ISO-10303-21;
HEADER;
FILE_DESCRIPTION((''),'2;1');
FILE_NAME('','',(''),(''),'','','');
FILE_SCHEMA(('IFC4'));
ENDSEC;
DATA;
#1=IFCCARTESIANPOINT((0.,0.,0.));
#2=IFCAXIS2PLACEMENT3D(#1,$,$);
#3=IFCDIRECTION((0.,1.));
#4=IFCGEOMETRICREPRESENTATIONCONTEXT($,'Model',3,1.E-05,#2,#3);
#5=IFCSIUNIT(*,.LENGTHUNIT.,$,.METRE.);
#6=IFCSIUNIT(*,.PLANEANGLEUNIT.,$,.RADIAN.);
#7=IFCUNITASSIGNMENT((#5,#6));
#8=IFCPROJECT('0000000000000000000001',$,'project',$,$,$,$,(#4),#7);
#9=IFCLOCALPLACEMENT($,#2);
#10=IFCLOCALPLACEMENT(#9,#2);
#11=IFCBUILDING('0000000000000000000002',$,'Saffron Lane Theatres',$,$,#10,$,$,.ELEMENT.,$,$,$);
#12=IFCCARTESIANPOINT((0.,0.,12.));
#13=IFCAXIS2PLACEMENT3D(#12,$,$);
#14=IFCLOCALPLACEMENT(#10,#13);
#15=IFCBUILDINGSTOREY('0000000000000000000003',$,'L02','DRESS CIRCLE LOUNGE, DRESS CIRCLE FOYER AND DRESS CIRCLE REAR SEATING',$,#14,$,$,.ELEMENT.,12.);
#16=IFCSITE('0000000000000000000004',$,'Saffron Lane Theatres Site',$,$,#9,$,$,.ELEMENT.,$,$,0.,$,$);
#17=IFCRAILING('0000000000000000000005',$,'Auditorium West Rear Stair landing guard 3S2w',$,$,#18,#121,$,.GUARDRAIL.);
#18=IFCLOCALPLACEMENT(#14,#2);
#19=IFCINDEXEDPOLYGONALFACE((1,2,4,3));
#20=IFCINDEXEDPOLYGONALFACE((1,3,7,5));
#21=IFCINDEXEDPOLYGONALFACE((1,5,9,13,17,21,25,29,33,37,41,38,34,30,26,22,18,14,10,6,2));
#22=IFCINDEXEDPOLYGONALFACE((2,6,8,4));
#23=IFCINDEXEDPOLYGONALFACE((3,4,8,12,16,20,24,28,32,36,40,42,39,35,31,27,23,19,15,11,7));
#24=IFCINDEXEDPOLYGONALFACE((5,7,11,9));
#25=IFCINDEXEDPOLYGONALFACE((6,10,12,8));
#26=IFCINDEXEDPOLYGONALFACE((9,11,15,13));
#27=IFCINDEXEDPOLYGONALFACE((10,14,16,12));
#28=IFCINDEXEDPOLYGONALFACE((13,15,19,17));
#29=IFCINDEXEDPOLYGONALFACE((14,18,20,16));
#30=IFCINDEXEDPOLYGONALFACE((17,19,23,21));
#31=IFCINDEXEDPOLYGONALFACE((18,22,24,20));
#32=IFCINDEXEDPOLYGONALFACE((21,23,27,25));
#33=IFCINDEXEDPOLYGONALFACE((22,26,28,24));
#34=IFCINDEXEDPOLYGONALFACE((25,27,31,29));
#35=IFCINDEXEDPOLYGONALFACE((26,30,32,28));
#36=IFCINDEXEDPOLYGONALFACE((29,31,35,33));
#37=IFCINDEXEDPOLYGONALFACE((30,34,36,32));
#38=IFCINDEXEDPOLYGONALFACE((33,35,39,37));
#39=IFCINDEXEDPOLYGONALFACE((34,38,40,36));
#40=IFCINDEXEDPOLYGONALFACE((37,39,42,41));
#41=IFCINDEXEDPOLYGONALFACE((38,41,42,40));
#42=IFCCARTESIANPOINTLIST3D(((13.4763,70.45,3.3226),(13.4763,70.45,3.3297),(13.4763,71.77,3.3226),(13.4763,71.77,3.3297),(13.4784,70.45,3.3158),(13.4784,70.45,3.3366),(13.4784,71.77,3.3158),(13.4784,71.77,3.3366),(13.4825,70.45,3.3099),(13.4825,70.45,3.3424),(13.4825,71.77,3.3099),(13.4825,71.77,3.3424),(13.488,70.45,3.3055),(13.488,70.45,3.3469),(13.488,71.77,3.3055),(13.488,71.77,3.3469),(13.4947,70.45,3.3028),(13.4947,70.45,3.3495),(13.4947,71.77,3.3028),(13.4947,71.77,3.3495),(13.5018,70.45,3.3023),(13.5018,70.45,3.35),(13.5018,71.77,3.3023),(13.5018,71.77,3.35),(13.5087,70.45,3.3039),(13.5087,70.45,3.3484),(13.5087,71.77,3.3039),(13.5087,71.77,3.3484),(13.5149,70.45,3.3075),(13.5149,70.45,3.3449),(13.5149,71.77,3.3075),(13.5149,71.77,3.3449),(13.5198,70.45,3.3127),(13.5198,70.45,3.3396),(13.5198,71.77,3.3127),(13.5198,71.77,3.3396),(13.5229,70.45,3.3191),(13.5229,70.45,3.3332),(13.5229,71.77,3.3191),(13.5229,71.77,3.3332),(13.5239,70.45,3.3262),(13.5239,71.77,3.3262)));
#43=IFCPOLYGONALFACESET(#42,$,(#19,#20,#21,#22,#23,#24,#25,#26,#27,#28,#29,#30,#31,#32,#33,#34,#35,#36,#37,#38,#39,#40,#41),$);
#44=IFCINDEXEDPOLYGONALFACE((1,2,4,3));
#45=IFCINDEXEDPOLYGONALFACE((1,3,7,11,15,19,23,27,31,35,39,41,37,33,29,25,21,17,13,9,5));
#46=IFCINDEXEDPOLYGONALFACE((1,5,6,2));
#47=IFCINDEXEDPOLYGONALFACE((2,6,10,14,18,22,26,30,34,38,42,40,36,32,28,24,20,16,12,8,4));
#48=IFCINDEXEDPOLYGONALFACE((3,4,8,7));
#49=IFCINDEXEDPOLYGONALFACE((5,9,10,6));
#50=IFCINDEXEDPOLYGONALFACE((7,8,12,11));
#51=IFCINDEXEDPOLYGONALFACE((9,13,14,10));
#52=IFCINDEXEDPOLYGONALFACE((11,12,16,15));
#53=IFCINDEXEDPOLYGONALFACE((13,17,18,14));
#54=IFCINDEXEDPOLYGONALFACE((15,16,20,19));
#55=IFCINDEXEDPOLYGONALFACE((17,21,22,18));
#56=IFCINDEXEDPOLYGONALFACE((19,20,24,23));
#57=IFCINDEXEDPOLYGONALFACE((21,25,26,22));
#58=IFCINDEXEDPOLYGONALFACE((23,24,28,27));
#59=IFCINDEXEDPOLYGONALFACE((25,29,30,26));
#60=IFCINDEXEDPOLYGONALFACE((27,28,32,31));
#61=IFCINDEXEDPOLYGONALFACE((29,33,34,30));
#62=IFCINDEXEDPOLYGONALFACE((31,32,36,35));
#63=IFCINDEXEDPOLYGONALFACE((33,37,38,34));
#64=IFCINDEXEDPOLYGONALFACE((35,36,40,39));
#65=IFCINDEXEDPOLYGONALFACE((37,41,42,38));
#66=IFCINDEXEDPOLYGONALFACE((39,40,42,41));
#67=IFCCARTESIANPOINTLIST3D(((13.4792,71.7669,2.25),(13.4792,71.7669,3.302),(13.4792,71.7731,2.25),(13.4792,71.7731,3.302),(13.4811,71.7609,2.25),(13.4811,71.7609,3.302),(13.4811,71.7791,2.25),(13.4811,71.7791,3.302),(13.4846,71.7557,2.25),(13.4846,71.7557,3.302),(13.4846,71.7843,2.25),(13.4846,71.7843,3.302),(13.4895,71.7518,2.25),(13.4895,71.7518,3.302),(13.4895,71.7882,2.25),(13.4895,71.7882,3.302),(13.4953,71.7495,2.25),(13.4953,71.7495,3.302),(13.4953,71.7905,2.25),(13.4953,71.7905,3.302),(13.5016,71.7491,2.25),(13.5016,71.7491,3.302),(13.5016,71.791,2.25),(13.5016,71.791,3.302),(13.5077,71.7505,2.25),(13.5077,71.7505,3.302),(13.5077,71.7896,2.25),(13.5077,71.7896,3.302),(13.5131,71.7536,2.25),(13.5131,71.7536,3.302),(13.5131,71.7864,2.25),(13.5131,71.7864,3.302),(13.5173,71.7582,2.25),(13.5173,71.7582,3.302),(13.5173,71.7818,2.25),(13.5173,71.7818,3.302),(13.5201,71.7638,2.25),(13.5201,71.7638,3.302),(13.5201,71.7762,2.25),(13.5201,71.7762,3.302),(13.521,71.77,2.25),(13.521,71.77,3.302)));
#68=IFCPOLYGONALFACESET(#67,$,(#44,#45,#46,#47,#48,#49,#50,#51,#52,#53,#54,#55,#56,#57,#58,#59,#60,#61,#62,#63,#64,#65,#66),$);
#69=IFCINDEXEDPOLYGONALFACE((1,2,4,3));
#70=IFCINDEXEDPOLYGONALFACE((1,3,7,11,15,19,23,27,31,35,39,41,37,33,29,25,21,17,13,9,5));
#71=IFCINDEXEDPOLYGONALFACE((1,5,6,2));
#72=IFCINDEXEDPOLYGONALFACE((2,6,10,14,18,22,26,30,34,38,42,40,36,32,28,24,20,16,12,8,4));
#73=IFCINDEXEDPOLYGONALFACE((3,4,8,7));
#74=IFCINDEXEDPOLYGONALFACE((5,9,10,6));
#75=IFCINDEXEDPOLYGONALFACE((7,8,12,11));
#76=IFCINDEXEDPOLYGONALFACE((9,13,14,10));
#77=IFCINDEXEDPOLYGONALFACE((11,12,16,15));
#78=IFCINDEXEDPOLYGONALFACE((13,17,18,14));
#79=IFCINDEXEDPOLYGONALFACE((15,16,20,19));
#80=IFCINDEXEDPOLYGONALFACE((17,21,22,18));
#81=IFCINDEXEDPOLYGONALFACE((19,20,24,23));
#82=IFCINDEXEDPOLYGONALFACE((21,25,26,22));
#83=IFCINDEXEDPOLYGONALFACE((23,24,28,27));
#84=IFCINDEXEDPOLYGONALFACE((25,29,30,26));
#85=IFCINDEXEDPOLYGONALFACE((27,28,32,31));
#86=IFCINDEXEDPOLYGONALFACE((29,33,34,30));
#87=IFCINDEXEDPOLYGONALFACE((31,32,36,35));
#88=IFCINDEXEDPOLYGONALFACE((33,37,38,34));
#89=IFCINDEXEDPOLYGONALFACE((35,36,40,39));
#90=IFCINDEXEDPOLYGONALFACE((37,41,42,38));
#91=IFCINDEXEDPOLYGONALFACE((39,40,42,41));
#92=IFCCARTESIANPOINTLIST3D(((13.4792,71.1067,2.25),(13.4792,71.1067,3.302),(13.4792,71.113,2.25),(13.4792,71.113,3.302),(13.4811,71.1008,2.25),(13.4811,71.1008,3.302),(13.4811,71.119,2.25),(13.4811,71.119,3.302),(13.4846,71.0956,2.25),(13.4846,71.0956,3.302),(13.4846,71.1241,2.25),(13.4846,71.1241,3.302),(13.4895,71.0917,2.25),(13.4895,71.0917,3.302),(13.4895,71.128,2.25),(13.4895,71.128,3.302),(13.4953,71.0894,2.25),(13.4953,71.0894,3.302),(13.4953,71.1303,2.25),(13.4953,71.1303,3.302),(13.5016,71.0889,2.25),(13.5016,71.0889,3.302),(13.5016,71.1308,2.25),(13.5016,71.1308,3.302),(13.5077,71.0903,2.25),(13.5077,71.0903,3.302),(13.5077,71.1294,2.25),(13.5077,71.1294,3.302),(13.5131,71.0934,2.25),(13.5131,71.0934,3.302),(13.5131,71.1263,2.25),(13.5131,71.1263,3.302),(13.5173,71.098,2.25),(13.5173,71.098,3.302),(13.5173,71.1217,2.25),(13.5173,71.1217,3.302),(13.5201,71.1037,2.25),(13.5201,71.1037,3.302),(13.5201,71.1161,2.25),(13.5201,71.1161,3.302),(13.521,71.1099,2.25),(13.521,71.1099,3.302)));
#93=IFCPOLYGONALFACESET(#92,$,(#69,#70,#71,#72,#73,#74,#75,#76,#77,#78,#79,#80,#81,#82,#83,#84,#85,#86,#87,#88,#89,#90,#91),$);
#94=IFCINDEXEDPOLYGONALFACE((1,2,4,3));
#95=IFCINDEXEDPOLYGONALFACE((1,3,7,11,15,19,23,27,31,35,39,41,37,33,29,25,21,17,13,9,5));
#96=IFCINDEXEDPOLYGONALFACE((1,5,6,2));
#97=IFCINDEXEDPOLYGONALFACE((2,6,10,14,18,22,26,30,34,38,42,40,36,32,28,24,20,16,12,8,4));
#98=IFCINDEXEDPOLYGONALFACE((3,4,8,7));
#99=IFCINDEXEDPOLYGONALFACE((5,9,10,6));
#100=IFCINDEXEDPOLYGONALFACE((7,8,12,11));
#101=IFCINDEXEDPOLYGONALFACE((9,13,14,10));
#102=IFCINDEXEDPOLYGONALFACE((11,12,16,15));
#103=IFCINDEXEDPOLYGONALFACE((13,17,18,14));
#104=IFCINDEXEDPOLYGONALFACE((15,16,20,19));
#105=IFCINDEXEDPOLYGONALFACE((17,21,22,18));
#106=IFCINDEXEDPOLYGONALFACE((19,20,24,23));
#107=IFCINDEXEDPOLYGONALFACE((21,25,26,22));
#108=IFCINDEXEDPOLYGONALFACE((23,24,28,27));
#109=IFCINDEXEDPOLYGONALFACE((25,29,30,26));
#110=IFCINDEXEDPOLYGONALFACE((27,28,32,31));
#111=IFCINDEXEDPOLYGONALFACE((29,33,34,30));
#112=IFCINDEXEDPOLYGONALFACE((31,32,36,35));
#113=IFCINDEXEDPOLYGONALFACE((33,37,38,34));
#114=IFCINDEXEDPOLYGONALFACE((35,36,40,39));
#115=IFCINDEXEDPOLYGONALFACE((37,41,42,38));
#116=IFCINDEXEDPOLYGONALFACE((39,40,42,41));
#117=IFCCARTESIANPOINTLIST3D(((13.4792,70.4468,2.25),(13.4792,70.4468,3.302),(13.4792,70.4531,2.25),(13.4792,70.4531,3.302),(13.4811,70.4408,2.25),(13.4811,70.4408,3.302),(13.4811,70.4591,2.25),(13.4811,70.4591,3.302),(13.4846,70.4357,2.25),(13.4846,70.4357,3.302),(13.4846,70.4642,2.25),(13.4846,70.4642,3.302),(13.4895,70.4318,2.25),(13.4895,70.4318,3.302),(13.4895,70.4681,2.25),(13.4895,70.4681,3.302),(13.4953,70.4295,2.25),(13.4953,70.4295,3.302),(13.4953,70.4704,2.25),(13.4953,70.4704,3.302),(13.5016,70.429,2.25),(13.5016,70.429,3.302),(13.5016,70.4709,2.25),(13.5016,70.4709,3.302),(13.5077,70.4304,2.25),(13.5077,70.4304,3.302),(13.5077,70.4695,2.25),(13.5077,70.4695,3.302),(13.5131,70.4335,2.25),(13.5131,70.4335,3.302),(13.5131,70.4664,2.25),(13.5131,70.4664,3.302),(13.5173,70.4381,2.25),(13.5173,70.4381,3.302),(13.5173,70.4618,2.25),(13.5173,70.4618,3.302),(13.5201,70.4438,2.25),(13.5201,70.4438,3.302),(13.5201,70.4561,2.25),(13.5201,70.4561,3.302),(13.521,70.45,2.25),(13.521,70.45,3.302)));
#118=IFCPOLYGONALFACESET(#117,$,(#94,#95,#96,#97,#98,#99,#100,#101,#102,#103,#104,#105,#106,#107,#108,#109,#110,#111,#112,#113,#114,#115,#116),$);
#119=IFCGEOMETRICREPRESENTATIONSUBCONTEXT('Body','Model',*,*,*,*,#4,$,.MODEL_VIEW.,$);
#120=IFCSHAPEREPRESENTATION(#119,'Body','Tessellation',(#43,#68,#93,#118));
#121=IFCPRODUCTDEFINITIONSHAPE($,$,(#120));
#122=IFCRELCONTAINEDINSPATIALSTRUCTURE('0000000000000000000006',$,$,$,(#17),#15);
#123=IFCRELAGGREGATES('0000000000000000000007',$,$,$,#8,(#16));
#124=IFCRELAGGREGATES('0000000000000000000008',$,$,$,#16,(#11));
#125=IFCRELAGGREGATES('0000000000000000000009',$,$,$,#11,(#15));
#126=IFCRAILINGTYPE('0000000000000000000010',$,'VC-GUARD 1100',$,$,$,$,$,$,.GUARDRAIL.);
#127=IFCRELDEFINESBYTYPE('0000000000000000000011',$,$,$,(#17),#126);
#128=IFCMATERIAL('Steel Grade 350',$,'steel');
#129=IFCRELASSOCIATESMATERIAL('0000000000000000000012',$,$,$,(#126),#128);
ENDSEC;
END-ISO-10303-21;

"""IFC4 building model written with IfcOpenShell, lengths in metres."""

from ifc_helpers import new_model, si_unit, direction, frame, origin, origin_2d, place, context, subcontext, project, spatial, circle, extrude, material, type_object, element, save


model = new_model("IFC4")

# Units and contexts
model_context = context("Model", 3, precision=1e-05, world=origin(), true_north=direction((0.0, 1.0)))
body_context = subcontext(model_context, "Body", "Model", "MODEL_VIEW")
ifc_project = project(units=[si_unit("LENGTHUNIT", "METRE"), si_unit("PLANEANGLEUNIT", "RADIAN")], contexts=[model_context])

# Site, building, storey
site_placement = place(None, origin())
site = spatial("IfcSite", under=ifc_project, at=site_placement, Name="Saffron Lane Theatres Site", CompositionType="ELEMENT", RefElevation=0.0)
building_placement = place(site_placement, origin())
building = spatial("IfcBuilding", under=site, at=building_placement, Name="Saffron Lane Theatres", CompositionType="ELEMENT")
storey_placement = place(building_placement, frame((0.0, 0.0, 12.0)))
storey = spatial("IfcBuildingStorey", under=building, at=storey_placement, Name="L02", Description="DRESS CIRCLE LOUNGE, DRESS CIRCLE FOYER AND DRESS CIRCLE REAR SEATING", CompositionType="ELEMENT", Elevation=12.0)

# Railing
ifc_material_1 = material(Name="Steel Grade 350", Category="steel")
railing_type_1 = type_object("IfcRailingType", Name="VC-GUARD 1100", PredefinedType="GUARDRAIL", material=ifc_material_1)
railing_1_placement = place(storey_placement, frame((13.5, 71.77, 2.25)))
element("IfcRailing", 1, at=railing_1_placement, inside=storey, type_object=railing_type_1, Name="Auditorium West Rear Stair landing guard 3S2w", PredefinedType="GUARDRAIL", context=body_context, shape_type="SweptSolid", body=[
    extrude(circle(Radius=0.0239, at=origin_2d()), frame((0.0, 0.0, 1.0762), z_axis=(0.0, -1.0, 0.0), x_axis=(1.0, 0.0, 0.0)), (0.0, 0.0, 1.0), 1.3201),
    extrude(circle(Radius=0.021, at=origin_2d()), origin(), (0.0, 0.0, 1.0), 1.052),
    extrude(circle(Radius=0.021, at=origin_2d()), frame((0.0, -0.6602, 0.0)), (0.0, 0.0, 1.0), 1.052),
    extrude(circle(Radius=0.021, at=origin_2d()), frame((0.0, -1.3201, 0.0)), (0.0, 0.0, 1.0), 1.052),
])

save(model, "model.ifc")
